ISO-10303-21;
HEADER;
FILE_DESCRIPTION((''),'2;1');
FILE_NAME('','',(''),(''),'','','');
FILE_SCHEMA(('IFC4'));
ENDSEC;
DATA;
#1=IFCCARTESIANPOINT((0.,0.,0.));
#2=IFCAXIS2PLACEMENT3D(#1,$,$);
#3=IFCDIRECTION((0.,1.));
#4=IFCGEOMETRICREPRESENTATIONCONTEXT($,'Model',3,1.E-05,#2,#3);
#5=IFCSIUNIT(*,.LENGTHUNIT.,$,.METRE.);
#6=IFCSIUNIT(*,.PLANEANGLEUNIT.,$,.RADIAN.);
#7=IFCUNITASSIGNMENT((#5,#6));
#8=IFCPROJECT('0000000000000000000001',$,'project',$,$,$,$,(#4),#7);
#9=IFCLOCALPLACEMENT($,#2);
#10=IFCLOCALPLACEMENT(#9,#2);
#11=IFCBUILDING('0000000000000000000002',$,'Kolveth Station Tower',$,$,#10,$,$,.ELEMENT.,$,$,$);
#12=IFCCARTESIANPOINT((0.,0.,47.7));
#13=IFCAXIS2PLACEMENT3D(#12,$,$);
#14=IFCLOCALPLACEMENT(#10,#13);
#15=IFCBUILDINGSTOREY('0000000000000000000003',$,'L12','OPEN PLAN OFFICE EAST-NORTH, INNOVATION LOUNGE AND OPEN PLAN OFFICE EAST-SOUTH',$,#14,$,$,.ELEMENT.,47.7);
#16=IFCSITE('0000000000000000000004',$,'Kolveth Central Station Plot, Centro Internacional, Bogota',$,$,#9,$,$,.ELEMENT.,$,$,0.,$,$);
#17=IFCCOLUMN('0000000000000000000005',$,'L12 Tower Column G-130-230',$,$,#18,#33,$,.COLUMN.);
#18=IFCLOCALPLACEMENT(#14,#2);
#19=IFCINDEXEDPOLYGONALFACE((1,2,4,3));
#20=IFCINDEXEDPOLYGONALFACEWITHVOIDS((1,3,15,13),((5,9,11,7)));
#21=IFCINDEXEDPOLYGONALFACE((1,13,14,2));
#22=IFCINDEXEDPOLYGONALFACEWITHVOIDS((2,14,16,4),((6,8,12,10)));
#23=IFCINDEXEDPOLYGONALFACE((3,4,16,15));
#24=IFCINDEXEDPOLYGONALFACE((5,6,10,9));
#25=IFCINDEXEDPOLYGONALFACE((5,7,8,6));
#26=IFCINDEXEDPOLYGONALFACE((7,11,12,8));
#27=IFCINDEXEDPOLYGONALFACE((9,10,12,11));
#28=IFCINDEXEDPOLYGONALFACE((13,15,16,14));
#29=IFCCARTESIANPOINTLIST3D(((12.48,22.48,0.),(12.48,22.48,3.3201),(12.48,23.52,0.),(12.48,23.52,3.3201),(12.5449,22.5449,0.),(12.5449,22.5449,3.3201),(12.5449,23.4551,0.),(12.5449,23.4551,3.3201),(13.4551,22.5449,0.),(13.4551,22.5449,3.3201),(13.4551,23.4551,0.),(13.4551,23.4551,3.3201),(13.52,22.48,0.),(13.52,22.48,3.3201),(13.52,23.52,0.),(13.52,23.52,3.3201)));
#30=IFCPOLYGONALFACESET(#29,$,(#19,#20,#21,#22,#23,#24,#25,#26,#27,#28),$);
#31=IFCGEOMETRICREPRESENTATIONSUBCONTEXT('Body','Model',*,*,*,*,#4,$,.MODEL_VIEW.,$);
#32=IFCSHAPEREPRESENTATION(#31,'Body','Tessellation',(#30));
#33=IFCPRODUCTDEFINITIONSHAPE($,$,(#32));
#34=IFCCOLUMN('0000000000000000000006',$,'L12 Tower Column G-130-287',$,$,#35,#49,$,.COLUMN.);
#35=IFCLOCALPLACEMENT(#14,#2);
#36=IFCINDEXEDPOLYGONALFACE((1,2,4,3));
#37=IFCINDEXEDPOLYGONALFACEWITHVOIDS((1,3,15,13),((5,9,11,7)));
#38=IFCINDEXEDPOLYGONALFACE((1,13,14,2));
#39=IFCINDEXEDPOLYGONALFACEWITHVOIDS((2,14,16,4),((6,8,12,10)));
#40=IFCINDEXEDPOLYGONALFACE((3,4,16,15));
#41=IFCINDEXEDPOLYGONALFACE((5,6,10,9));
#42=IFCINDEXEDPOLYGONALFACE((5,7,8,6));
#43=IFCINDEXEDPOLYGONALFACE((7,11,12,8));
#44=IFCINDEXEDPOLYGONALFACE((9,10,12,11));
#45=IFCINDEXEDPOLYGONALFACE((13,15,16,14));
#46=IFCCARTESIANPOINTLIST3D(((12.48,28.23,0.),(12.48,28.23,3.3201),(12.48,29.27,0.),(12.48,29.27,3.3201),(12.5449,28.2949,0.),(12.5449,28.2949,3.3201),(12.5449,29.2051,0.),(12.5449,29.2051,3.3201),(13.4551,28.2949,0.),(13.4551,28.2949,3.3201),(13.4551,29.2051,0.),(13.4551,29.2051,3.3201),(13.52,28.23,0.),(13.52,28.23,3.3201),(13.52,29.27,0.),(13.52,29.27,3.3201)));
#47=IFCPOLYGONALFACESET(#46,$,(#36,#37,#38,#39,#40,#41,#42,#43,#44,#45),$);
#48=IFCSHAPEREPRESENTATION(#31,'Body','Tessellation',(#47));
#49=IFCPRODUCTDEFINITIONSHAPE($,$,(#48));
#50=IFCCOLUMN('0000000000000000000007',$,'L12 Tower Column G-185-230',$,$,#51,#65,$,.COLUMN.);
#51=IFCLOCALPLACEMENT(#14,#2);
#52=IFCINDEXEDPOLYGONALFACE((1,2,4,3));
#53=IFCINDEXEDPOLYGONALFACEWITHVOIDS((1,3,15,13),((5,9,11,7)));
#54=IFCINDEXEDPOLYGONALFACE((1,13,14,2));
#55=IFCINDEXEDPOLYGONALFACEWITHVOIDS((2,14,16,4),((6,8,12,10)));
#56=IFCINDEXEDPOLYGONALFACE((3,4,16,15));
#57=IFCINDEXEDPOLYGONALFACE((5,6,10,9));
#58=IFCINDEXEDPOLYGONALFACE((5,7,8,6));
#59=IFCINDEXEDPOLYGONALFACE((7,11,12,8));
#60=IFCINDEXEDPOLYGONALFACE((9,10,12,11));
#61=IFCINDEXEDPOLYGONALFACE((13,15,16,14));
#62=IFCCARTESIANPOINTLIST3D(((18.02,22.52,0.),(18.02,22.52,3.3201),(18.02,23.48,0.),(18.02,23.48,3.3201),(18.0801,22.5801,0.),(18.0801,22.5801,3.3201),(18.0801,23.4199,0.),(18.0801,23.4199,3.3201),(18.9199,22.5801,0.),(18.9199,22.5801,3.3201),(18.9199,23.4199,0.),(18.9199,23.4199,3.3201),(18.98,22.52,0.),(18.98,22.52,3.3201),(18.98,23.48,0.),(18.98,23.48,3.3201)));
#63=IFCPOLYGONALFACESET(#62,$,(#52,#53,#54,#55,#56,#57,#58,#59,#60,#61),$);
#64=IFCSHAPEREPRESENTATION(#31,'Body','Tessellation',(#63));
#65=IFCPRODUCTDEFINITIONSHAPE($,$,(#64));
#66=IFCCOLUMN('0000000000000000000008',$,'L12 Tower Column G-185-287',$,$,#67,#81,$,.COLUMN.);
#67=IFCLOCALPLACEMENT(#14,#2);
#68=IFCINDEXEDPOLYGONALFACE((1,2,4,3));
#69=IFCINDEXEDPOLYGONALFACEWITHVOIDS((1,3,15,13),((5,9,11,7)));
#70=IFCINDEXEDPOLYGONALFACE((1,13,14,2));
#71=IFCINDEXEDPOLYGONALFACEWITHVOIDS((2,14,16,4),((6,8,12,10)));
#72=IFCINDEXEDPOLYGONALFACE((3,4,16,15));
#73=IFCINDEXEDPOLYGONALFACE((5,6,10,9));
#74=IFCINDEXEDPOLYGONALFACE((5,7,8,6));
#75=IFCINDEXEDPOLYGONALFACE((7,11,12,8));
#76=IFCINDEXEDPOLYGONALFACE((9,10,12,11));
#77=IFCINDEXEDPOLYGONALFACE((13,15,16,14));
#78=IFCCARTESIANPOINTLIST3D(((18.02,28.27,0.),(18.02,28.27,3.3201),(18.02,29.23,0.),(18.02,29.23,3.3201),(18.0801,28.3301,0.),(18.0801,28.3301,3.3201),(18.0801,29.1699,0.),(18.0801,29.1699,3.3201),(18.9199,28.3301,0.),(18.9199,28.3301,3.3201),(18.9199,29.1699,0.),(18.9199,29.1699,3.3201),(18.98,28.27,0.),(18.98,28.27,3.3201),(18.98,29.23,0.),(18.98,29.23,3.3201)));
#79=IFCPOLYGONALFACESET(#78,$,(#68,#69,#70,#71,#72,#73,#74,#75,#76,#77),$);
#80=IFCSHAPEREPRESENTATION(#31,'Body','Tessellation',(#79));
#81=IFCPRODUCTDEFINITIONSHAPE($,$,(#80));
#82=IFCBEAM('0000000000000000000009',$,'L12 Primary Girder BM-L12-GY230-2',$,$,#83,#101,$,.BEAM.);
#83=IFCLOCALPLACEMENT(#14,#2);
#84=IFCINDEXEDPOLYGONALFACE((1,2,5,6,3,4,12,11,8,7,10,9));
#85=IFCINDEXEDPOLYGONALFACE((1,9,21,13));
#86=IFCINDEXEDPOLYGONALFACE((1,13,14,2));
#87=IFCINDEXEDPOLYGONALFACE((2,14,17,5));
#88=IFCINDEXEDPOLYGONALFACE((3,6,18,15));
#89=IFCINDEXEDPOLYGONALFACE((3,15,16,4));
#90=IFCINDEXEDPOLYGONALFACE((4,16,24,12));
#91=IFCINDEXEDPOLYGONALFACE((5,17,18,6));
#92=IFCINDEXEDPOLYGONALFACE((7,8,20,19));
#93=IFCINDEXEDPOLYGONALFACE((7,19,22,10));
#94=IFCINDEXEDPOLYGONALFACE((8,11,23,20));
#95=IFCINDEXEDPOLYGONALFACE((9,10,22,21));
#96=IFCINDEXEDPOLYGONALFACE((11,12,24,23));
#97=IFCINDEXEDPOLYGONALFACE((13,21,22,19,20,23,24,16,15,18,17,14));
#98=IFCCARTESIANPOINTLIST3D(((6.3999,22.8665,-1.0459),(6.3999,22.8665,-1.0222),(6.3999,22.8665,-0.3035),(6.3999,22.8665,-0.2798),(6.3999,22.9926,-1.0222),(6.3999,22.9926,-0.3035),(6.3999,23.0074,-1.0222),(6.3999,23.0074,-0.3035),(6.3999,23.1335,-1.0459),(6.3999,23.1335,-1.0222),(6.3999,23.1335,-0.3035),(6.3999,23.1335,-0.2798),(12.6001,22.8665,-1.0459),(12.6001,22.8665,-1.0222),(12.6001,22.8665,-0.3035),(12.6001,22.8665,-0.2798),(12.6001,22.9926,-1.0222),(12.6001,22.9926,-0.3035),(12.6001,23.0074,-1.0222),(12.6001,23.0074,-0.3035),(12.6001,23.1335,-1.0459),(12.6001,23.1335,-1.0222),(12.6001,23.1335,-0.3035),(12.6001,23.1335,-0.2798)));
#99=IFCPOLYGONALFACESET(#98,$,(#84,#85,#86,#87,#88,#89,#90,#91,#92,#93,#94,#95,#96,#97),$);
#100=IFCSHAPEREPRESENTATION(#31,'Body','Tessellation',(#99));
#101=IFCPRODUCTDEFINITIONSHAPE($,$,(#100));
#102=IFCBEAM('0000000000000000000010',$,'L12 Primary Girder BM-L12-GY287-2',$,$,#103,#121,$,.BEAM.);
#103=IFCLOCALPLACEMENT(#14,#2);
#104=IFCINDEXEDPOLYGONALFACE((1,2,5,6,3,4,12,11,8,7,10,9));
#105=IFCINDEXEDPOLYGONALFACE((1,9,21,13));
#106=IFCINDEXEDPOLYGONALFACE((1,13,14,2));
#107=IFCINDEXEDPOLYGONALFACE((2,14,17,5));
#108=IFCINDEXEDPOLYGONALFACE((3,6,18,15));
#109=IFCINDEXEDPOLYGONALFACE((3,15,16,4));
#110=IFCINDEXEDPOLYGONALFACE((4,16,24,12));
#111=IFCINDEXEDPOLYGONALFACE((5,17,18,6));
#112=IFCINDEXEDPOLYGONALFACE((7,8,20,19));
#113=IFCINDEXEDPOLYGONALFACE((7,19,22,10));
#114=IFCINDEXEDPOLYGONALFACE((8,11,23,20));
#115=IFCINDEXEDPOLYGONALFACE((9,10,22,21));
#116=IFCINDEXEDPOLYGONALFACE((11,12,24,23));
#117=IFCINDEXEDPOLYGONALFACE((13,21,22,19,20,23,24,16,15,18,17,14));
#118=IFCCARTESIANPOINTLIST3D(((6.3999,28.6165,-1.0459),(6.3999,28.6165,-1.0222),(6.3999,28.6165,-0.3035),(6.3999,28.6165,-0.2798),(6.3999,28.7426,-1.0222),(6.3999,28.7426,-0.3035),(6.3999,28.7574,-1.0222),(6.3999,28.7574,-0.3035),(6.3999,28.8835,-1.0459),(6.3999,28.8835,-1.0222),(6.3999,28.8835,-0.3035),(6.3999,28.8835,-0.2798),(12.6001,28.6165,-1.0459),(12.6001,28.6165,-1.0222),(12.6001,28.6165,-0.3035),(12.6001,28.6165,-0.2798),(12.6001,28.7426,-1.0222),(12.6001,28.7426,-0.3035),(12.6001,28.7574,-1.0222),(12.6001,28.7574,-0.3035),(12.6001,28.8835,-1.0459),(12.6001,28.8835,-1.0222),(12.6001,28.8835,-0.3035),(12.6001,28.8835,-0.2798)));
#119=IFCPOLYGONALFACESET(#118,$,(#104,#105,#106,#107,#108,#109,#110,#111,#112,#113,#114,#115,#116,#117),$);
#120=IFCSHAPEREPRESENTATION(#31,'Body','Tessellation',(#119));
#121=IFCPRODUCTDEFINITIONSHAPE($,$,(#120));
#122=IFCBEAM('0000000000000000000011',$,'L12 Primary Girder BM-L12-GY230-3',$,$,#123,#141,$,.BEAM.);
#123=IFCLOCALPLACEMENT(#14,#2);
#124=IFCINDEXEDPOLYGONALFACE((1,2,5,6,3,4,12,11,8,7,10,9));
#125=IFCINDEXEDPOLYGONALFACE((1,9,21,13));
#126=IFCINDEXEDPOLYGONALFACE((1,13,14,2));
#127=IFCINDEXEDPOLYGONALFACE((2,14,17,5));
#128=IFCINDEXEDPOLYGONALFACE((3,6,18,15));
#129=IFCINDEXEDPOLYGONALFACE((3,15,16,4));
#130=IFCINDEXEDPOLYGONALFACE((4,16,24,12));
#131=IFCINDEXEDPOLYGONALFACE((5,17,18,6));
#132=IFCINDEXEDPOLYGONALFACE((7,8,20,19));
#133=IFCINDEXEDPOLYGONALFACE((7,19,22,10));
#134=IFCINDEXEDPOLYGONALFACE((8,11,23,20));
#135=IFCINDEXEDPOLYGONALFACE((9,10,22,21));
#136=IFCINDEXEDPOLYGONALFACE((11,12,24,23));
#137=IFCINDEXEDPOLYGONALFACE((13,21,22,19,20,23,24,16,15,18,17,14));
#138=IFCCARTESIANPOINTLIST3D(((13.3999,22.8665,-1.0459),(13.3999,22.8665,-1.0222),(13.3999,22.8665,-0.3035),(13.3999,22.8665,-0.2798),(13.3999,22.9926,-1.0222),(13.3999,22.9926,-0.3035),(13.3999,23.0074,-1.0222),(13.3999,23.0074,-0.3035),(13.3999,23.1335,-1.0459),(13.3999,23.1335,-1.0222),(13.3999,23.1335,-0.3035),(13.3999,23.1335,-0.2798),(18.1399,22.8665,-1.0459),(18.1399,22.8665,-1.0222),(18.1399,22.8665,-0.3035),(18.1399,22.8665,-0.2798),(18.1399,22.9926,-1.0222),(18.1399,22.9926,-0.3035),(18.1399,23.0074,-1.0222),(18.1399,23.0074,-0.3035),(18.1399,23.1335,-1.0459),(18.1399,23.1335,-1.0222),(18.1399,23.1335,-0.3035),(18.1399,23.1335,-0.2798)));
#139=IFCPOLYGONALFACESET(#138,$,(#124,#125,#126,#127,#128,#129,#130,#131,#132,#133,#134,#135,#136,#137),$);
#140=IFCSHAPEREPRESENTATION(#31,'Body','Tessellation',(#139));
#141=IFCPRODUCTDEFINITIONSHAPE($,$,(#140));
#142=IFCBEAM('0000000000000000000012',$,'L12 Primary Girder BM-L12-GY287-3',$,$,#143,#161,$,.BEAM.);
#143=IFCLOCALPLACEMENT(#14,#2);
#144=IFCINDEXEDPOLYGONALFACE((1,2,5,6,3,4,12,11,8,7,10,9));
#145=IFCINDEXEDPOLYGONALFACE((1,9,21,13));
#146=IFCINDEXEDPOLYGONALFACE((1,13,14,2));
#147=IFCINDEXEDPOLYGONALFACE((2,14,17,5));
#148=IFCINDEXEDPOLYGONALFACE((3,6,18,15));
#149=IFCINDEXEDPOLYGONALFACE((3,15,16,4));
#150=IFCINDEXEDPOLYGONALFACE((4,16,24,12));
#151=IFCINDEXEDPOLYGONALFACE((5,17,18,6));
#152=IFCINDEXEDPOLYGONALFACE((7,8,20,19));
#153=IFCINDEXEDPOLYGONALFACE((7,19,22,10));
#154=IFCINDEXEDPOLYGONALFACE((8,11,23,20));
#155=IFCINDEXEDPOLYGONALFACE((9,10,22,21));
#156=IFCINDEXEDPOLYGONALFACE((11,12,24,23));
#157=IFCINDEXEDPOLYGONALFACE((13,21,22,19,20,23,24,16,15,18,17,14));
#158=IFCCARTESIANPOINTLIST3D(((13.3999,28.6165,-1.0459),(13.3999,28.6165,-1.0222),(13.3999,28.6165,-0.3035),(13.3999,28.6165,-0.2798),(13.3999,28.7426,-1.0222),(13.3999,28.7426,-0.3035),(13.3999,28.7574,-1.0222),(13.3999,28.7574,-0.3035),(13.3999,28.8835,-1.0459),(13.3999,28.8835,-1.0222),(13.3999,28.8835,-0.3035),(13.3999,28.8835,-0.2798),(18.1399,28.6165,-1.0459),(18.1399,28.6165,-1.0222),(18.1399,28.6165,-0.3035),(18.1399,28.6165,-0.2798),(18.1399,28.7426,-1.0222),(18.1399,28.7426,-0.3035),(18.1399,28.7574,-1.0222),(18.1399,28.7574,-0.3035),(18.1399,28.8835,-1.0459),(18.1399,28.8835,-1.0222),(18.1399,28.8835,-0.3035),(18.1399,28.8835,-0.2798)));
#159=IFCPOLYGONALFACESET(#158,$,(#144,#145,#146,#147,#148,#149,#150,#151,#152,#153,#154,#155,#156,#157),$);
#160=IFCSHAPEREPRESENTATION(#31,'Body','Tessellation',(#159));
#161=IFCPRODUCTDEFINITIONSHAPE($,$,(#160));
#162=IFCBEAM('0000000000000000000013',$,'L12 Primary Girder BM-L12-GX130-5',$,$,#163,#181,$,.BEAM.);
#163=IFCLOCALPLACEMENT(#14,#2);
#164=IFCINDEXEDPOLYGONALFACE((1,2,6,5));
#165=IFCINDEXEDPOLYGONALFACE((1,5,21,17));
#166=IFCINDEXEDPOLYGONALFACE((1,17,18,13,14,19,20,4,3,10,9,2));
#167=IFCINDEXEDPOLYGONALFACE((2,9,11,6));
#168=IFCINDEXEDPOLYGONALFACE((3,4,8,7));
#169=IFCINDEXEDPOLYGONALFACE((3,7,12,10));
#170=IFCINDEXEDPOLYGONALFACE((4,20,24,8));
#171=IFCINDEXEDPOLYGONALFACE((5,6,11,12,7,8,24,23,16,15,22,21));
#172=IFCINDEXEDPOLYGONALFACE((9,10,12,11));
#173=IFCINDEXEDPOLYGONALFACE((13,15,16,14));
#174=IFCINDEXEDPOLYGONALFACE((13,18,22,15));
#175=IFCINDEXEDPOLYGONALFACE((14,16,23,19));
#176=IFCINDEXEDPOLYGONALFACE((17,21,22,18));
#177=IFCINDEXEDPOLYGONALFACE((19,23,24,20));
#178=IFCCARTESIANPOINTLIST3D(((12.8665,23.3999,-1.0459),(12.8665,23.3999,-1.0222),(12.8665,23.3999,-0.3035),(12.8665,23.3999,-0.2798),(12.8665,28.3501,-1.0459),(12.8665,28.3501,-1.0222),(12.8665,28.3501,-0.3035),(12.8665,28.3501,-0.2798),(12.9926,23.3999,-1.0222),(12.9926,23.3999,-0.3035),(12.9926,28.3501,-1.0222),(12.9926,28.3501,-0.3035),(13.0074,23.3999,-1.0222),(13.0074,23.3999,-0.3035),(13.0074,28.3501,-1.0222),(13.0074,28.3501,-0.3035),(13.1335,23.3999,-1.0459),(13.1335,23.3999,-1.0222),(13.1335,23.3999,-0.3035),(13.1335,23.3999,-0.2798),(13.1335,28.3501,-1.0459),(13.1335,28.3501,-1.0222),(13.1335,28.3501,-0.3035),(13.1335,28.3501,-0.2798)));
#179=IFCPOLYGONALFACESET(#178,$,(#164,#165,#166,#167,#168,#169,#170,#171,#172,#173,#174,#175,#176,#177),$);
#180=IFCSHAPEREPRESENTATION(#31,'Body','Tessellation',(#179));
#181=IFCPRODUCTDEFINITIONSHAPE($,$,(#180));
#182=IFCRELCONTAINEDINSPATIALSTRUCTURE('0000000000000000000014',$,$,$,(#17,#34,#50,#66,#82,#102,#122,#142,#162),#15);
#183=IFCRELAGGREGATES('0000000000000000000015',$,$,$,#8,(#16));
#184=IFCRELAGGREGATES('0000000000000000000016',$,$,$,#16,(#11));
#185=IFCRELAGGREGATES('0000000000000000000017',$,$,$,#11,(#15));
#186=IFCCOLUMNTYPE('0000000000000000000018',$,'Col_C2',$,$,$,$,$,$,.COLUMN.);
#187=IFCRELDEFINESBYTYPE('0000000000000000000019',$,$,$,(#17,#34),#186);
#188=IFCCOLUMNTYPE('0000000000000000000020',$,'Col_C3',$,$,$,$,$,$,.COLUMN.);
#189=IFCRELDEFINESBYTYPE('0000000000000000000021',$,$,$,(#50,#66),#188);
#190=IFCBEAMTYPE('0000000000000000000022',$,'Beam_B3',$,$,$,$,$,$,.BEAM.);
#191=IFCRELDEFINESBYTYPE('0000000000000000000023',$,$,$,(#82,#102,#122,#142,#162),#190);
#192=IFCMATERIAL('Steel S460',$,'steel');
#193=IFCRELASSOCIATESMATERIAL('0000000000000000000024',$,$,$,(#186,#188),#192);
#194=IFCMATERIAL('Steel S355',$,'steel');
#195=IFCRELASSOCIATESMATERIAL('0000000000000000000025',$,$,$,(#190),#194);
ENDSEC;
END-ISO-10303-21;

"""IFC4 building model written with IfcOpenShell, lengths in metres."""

from ifc_helpers import new_model, si_unit, direction, frame, origin, origin_2d, place, context, subcontext, project, spatial, hollow_rectangle, i_section, extrude, source, transform, mapped, material, material_profile, profile_set, type_object, element, save


model = new_model("IFC4")

# Units and contexts
model_context = context("Model", 3, precision=1e-05, world=origin(), true_north=direction((0.0, 1.0)))
body_context = subcontext(model_context, "Body", "Model", "MODEL_VIEW")
ifc_project = project(units=[si_unit("LENGTHUNIT", "METRE"), si_unit("PLANEANGLEUNIT", "RADIAN")], contexts=[model_context])

# Site, building, storey
site_placement = place(None, origin())
site = spatial("IfcSite", under=ifc_project, at=site_placement, Name="Kolveth Central Station Plot, Centro Internacional, Bogota", CompositionType="ELEMENT", RefElevation=0.0)
building_placement = place(site_placement, origin())
building = spatial("IfcBuilding", under=site, at=building_placement, Name="Kolveth Station Tower", CompositionType="ELEMENT")
storey_placement = place(building_placement, frame((0.0, 0.0, 47.7)))
storey = spatial("IfcBuildingStorey", under=building, at=storey_placement, Name="L12", Description="OPEN PLAN OFFICE EAST-NORTH, INNOVATION LOUNGE AND OPEN PLAN OFFICE EAST-SOUTH", CompositionType="ELEMENT", Elevation=47.7)

# Columns
ifc_material_1 = material(Name="Steel S460", Category="steel")
ifc_material_profile_1 = material_profile(ifc_material_1, hollow_rectangle(XDim=1.04, YDim=1.04, WallThickness=0.0649, at=origin_2d()), Name="BOX1040x1040x65")
ifc_profile_set_1 = profile_set([ifc_material_profile_1], Name="Steel S460")
column_type_1 = type_object("IfcColumnType", Name="Col_C2", PredefinedType="COLUMN", material=ifc_profile_set_1)
shared_shape_1 = source(origin(), body_context, "Body", "SweptSolid", [
    extrude(hollow_rectangle(XDim=1.04, YDim=1.04, WallThickness=0.0649, at=origin_2d()), origin(), (0.0, 0.0, 1.0), 3.3201),
])
for number, where, z_axis, x_axis, name in (
    (1, (13.0, 23.0, 0.0), (0.0, 0.0, 1.0), (1.0, 0.0, 0.0), "L12 Tower Column G-130-230"),
    (2, (13.0, 28.75, 0.0), (0.0, 0.0, 1.0), (1.0, 0.0, 0.0), "L12 Tower Column G-130-287"),
):
    element("IfcColumn", number, at=place(storey_placement, frame(where, z_axis=z_axis, x_axis=x_axis)), inside=storey, type_object=column_type_1, Name=name, PredefinedType="COLUMN", context=body_context, shape_type="MappedRepresentation", body=[
        mapped(shared_shape_1, transform((0.0, 0.0, 0.0), x_axis=(1.0, 0.0, 0.0), y_axis=(0.0, 1.0, 0.0), z_axis=(0.0, 0.0, 1.0), scale=1.0)),
    ])
ifc_material_profile_2 = material_profile(ifc_material_1, hollow_rectangle(XDim=0.96, YDim=0.96, WallThickness=0.0601, at=origin_2d()), Name="BOX960x960x60")
ifc_profile_set_2 = profile_set([ifc_material_profile_2], Name="Steel S460")
column_type_2 = type_object("IfcColumnType", Name="Col_C3", PredefinedType="COLUMN", material=ifc_profile_set_2)
shared_shape_2 = source(origin(), body_context, "Body", "SweptSolid", [
    extrude(hollow_rectangle(XDim=0.96, YDim=0.96, WallThickness=0.0601, at=origin_2d()), origin(), (0.0, 0.0, 1.0), 3.3201),
])
for number, where, z_axis, x_axis, name in (
    (3, (18.5, 23.0, 0.0), (0.0, 0.0, 1.0), (1.0, 0.0, 0.0), "L12 Tower Column G-185-230"),
    (4, (18.5, 28.75, 0.0), (0.0, 0.0, 1.0), (1.0, 0.0, 0.0), "L12 Tower Column G-185-287"),
):
    element("IfcColumn", number, at=place(storey_placement, frame(where, z_axis=z_axis, x_axis=x_axis)), inside=storey, type_object=column_type_2, Name=name, PredefinedType="COLUMN", context=body_context, shape_type="MappedRepresentation", body=[
        mapped(shared_shape_2, transform((0.0, 0.0, 0.0), x_axis=(1.0, 0.0, 0.0), y_axis=(0.0, 1.0, 0.0), z_axis=(0.0, 0.0, 1.0), scale=1.0)),
    ])

# Beams
ifc_material_2 = material(Name="Steel S355", Category="steel")
ifc_material_profile_3 = material_profile(ifc_material_2, i_section(OverallWidth=0.2671, OverallDepth=0.7661, WebThickness=0.0149, FlangeThickness=0.0237, at=origin_2d()), Name="W760x185")
ifc_profile_set_3 = profile_set([ifc_material_profile_3], Name="Steel S355")
beam_type_1 = type_object("IfcBeamType", Name="Beam_B3", PredefinedType="BEAM", material=ifc_profile_set_3)
shared_shape_3 = source(origin(), body_context, "Body", "SweptSolid", [
    extrude(i_section(OverallWidth=0.2671, OverallDepth=0.7661, WebThickness=0.0149, FlangeThickness=0.0237, at=origin_2d()), origin(), (0.0, 0.0, 1.0), 6.2002),
])
for number, where, z_axis, x_axis, name in (
    (5, (6.3999, 23.0, -0.6628), (1.0, 0.0, 0.0), (0.0, 1.0, 0.0), "L12 Primary Girder BM-L12-GY230-2"),
    (6, (6.3999, 28.75, -0.6628), (1.0, 0.0, 0.0), (0.0, 1.0, 0.0), "L12 Primary Girder BM-L12-GY287-2"),
):
    element("IfcBeam", number, at=place(storey_placement, frame(where, z_axis=z_axis, x_axis=x_axis)), inside=storey, type_object=beam_type_1, Name=name, PredefinedType="BEAM", context=body_context, shape_type="MappedRepresentation", body=[
        mapped(shared_shape_3, transform((0.0, 0.0, 0.0), x_axis=(1.0, 0.0, 0.0), y_axis=(0.0, 1.0, 0.0), z_axis=(0.0, 0.0, 1.0), scale=1.0)),
    ])
shared_shape_4 = source(origin(), body_context, "Body", "SweptSolid", [
    extrude(i_section(OverallWidth=0.2671, OverallDepth=0.7661, WebThickness=0.0149, FlangeThickness=0.0237, at=origin_2d()), origin(), (0.0, 0.0, 1.0), 4.74),
])
for number, where, z_axis, x_axis, name in (
    (7, (13.3999, 23.0, -0.6628), (1.0, 0.0, 0.0), (0.0, 1.0, 0.0), "L12 Primary Girder BM-L12-GY230-3"),
    (8, (13.3999, 28.75, -0.6628), (1.0, 0.0, 0.0), (0.0, 1.0, 0.0), "L12 Primary Girder BM-L12-GY287-3"),
):
    element("IfcBeam", number, at=place(storey_placement, frame(where, z_axis=z_axis, x_axis=x_axis)), inside=storey, type_object=beam_type_1, Name=name, PredefinedType="BEAM", context=body_context, shape_type="MappedRepresentation", body=[
        mapped(shared_shape_4, transform((0.0, 0.0, 0.0), x_axis=(1.0, 0.0, 0.0), y_axis=(0.0, 1.0, 0.0), z_axis=(0.0, 0.0, 1.0), scale=1.0)),
    ])
shared_shape_5 = source(origin(), body_context, "Body", "SweptSolid", [
    extrude(i_section(OverallWidth=0.2671, OverallDepth=0.7661, WebThickness=0.0149, FlangeThickness=0.0237, at=origin_2d()), origin(), (0.0, 0.0, 1.0), 4.9502),
])
beam_1_placement = place(storey_placement, frame((13.0, 23.3999, -0.6628), z_axis=(0.0, 1.0, 0.0), x_axis=(-1.0, 0.0, 0.0)))
element("IfcBeam", 9, at=beam_1_placement, inside=storey, type_object=beam_type_1, Name="L12 Primary Girder BM-L12-GX130-5", PredefinedType="BEAM", context=body_context, shape_type="MappedRepresentation", body=[
    mapped(shared_shape_5, transform((0.0, 0.0, 0.0), x_axis=(1.0, 0.0, 0.0), y_axis=(0.0, 1.0, 0.0), z_axis=(0.0, 0.0, 1.0), scale=1.0)),
])

save(model, "model.ifc")
